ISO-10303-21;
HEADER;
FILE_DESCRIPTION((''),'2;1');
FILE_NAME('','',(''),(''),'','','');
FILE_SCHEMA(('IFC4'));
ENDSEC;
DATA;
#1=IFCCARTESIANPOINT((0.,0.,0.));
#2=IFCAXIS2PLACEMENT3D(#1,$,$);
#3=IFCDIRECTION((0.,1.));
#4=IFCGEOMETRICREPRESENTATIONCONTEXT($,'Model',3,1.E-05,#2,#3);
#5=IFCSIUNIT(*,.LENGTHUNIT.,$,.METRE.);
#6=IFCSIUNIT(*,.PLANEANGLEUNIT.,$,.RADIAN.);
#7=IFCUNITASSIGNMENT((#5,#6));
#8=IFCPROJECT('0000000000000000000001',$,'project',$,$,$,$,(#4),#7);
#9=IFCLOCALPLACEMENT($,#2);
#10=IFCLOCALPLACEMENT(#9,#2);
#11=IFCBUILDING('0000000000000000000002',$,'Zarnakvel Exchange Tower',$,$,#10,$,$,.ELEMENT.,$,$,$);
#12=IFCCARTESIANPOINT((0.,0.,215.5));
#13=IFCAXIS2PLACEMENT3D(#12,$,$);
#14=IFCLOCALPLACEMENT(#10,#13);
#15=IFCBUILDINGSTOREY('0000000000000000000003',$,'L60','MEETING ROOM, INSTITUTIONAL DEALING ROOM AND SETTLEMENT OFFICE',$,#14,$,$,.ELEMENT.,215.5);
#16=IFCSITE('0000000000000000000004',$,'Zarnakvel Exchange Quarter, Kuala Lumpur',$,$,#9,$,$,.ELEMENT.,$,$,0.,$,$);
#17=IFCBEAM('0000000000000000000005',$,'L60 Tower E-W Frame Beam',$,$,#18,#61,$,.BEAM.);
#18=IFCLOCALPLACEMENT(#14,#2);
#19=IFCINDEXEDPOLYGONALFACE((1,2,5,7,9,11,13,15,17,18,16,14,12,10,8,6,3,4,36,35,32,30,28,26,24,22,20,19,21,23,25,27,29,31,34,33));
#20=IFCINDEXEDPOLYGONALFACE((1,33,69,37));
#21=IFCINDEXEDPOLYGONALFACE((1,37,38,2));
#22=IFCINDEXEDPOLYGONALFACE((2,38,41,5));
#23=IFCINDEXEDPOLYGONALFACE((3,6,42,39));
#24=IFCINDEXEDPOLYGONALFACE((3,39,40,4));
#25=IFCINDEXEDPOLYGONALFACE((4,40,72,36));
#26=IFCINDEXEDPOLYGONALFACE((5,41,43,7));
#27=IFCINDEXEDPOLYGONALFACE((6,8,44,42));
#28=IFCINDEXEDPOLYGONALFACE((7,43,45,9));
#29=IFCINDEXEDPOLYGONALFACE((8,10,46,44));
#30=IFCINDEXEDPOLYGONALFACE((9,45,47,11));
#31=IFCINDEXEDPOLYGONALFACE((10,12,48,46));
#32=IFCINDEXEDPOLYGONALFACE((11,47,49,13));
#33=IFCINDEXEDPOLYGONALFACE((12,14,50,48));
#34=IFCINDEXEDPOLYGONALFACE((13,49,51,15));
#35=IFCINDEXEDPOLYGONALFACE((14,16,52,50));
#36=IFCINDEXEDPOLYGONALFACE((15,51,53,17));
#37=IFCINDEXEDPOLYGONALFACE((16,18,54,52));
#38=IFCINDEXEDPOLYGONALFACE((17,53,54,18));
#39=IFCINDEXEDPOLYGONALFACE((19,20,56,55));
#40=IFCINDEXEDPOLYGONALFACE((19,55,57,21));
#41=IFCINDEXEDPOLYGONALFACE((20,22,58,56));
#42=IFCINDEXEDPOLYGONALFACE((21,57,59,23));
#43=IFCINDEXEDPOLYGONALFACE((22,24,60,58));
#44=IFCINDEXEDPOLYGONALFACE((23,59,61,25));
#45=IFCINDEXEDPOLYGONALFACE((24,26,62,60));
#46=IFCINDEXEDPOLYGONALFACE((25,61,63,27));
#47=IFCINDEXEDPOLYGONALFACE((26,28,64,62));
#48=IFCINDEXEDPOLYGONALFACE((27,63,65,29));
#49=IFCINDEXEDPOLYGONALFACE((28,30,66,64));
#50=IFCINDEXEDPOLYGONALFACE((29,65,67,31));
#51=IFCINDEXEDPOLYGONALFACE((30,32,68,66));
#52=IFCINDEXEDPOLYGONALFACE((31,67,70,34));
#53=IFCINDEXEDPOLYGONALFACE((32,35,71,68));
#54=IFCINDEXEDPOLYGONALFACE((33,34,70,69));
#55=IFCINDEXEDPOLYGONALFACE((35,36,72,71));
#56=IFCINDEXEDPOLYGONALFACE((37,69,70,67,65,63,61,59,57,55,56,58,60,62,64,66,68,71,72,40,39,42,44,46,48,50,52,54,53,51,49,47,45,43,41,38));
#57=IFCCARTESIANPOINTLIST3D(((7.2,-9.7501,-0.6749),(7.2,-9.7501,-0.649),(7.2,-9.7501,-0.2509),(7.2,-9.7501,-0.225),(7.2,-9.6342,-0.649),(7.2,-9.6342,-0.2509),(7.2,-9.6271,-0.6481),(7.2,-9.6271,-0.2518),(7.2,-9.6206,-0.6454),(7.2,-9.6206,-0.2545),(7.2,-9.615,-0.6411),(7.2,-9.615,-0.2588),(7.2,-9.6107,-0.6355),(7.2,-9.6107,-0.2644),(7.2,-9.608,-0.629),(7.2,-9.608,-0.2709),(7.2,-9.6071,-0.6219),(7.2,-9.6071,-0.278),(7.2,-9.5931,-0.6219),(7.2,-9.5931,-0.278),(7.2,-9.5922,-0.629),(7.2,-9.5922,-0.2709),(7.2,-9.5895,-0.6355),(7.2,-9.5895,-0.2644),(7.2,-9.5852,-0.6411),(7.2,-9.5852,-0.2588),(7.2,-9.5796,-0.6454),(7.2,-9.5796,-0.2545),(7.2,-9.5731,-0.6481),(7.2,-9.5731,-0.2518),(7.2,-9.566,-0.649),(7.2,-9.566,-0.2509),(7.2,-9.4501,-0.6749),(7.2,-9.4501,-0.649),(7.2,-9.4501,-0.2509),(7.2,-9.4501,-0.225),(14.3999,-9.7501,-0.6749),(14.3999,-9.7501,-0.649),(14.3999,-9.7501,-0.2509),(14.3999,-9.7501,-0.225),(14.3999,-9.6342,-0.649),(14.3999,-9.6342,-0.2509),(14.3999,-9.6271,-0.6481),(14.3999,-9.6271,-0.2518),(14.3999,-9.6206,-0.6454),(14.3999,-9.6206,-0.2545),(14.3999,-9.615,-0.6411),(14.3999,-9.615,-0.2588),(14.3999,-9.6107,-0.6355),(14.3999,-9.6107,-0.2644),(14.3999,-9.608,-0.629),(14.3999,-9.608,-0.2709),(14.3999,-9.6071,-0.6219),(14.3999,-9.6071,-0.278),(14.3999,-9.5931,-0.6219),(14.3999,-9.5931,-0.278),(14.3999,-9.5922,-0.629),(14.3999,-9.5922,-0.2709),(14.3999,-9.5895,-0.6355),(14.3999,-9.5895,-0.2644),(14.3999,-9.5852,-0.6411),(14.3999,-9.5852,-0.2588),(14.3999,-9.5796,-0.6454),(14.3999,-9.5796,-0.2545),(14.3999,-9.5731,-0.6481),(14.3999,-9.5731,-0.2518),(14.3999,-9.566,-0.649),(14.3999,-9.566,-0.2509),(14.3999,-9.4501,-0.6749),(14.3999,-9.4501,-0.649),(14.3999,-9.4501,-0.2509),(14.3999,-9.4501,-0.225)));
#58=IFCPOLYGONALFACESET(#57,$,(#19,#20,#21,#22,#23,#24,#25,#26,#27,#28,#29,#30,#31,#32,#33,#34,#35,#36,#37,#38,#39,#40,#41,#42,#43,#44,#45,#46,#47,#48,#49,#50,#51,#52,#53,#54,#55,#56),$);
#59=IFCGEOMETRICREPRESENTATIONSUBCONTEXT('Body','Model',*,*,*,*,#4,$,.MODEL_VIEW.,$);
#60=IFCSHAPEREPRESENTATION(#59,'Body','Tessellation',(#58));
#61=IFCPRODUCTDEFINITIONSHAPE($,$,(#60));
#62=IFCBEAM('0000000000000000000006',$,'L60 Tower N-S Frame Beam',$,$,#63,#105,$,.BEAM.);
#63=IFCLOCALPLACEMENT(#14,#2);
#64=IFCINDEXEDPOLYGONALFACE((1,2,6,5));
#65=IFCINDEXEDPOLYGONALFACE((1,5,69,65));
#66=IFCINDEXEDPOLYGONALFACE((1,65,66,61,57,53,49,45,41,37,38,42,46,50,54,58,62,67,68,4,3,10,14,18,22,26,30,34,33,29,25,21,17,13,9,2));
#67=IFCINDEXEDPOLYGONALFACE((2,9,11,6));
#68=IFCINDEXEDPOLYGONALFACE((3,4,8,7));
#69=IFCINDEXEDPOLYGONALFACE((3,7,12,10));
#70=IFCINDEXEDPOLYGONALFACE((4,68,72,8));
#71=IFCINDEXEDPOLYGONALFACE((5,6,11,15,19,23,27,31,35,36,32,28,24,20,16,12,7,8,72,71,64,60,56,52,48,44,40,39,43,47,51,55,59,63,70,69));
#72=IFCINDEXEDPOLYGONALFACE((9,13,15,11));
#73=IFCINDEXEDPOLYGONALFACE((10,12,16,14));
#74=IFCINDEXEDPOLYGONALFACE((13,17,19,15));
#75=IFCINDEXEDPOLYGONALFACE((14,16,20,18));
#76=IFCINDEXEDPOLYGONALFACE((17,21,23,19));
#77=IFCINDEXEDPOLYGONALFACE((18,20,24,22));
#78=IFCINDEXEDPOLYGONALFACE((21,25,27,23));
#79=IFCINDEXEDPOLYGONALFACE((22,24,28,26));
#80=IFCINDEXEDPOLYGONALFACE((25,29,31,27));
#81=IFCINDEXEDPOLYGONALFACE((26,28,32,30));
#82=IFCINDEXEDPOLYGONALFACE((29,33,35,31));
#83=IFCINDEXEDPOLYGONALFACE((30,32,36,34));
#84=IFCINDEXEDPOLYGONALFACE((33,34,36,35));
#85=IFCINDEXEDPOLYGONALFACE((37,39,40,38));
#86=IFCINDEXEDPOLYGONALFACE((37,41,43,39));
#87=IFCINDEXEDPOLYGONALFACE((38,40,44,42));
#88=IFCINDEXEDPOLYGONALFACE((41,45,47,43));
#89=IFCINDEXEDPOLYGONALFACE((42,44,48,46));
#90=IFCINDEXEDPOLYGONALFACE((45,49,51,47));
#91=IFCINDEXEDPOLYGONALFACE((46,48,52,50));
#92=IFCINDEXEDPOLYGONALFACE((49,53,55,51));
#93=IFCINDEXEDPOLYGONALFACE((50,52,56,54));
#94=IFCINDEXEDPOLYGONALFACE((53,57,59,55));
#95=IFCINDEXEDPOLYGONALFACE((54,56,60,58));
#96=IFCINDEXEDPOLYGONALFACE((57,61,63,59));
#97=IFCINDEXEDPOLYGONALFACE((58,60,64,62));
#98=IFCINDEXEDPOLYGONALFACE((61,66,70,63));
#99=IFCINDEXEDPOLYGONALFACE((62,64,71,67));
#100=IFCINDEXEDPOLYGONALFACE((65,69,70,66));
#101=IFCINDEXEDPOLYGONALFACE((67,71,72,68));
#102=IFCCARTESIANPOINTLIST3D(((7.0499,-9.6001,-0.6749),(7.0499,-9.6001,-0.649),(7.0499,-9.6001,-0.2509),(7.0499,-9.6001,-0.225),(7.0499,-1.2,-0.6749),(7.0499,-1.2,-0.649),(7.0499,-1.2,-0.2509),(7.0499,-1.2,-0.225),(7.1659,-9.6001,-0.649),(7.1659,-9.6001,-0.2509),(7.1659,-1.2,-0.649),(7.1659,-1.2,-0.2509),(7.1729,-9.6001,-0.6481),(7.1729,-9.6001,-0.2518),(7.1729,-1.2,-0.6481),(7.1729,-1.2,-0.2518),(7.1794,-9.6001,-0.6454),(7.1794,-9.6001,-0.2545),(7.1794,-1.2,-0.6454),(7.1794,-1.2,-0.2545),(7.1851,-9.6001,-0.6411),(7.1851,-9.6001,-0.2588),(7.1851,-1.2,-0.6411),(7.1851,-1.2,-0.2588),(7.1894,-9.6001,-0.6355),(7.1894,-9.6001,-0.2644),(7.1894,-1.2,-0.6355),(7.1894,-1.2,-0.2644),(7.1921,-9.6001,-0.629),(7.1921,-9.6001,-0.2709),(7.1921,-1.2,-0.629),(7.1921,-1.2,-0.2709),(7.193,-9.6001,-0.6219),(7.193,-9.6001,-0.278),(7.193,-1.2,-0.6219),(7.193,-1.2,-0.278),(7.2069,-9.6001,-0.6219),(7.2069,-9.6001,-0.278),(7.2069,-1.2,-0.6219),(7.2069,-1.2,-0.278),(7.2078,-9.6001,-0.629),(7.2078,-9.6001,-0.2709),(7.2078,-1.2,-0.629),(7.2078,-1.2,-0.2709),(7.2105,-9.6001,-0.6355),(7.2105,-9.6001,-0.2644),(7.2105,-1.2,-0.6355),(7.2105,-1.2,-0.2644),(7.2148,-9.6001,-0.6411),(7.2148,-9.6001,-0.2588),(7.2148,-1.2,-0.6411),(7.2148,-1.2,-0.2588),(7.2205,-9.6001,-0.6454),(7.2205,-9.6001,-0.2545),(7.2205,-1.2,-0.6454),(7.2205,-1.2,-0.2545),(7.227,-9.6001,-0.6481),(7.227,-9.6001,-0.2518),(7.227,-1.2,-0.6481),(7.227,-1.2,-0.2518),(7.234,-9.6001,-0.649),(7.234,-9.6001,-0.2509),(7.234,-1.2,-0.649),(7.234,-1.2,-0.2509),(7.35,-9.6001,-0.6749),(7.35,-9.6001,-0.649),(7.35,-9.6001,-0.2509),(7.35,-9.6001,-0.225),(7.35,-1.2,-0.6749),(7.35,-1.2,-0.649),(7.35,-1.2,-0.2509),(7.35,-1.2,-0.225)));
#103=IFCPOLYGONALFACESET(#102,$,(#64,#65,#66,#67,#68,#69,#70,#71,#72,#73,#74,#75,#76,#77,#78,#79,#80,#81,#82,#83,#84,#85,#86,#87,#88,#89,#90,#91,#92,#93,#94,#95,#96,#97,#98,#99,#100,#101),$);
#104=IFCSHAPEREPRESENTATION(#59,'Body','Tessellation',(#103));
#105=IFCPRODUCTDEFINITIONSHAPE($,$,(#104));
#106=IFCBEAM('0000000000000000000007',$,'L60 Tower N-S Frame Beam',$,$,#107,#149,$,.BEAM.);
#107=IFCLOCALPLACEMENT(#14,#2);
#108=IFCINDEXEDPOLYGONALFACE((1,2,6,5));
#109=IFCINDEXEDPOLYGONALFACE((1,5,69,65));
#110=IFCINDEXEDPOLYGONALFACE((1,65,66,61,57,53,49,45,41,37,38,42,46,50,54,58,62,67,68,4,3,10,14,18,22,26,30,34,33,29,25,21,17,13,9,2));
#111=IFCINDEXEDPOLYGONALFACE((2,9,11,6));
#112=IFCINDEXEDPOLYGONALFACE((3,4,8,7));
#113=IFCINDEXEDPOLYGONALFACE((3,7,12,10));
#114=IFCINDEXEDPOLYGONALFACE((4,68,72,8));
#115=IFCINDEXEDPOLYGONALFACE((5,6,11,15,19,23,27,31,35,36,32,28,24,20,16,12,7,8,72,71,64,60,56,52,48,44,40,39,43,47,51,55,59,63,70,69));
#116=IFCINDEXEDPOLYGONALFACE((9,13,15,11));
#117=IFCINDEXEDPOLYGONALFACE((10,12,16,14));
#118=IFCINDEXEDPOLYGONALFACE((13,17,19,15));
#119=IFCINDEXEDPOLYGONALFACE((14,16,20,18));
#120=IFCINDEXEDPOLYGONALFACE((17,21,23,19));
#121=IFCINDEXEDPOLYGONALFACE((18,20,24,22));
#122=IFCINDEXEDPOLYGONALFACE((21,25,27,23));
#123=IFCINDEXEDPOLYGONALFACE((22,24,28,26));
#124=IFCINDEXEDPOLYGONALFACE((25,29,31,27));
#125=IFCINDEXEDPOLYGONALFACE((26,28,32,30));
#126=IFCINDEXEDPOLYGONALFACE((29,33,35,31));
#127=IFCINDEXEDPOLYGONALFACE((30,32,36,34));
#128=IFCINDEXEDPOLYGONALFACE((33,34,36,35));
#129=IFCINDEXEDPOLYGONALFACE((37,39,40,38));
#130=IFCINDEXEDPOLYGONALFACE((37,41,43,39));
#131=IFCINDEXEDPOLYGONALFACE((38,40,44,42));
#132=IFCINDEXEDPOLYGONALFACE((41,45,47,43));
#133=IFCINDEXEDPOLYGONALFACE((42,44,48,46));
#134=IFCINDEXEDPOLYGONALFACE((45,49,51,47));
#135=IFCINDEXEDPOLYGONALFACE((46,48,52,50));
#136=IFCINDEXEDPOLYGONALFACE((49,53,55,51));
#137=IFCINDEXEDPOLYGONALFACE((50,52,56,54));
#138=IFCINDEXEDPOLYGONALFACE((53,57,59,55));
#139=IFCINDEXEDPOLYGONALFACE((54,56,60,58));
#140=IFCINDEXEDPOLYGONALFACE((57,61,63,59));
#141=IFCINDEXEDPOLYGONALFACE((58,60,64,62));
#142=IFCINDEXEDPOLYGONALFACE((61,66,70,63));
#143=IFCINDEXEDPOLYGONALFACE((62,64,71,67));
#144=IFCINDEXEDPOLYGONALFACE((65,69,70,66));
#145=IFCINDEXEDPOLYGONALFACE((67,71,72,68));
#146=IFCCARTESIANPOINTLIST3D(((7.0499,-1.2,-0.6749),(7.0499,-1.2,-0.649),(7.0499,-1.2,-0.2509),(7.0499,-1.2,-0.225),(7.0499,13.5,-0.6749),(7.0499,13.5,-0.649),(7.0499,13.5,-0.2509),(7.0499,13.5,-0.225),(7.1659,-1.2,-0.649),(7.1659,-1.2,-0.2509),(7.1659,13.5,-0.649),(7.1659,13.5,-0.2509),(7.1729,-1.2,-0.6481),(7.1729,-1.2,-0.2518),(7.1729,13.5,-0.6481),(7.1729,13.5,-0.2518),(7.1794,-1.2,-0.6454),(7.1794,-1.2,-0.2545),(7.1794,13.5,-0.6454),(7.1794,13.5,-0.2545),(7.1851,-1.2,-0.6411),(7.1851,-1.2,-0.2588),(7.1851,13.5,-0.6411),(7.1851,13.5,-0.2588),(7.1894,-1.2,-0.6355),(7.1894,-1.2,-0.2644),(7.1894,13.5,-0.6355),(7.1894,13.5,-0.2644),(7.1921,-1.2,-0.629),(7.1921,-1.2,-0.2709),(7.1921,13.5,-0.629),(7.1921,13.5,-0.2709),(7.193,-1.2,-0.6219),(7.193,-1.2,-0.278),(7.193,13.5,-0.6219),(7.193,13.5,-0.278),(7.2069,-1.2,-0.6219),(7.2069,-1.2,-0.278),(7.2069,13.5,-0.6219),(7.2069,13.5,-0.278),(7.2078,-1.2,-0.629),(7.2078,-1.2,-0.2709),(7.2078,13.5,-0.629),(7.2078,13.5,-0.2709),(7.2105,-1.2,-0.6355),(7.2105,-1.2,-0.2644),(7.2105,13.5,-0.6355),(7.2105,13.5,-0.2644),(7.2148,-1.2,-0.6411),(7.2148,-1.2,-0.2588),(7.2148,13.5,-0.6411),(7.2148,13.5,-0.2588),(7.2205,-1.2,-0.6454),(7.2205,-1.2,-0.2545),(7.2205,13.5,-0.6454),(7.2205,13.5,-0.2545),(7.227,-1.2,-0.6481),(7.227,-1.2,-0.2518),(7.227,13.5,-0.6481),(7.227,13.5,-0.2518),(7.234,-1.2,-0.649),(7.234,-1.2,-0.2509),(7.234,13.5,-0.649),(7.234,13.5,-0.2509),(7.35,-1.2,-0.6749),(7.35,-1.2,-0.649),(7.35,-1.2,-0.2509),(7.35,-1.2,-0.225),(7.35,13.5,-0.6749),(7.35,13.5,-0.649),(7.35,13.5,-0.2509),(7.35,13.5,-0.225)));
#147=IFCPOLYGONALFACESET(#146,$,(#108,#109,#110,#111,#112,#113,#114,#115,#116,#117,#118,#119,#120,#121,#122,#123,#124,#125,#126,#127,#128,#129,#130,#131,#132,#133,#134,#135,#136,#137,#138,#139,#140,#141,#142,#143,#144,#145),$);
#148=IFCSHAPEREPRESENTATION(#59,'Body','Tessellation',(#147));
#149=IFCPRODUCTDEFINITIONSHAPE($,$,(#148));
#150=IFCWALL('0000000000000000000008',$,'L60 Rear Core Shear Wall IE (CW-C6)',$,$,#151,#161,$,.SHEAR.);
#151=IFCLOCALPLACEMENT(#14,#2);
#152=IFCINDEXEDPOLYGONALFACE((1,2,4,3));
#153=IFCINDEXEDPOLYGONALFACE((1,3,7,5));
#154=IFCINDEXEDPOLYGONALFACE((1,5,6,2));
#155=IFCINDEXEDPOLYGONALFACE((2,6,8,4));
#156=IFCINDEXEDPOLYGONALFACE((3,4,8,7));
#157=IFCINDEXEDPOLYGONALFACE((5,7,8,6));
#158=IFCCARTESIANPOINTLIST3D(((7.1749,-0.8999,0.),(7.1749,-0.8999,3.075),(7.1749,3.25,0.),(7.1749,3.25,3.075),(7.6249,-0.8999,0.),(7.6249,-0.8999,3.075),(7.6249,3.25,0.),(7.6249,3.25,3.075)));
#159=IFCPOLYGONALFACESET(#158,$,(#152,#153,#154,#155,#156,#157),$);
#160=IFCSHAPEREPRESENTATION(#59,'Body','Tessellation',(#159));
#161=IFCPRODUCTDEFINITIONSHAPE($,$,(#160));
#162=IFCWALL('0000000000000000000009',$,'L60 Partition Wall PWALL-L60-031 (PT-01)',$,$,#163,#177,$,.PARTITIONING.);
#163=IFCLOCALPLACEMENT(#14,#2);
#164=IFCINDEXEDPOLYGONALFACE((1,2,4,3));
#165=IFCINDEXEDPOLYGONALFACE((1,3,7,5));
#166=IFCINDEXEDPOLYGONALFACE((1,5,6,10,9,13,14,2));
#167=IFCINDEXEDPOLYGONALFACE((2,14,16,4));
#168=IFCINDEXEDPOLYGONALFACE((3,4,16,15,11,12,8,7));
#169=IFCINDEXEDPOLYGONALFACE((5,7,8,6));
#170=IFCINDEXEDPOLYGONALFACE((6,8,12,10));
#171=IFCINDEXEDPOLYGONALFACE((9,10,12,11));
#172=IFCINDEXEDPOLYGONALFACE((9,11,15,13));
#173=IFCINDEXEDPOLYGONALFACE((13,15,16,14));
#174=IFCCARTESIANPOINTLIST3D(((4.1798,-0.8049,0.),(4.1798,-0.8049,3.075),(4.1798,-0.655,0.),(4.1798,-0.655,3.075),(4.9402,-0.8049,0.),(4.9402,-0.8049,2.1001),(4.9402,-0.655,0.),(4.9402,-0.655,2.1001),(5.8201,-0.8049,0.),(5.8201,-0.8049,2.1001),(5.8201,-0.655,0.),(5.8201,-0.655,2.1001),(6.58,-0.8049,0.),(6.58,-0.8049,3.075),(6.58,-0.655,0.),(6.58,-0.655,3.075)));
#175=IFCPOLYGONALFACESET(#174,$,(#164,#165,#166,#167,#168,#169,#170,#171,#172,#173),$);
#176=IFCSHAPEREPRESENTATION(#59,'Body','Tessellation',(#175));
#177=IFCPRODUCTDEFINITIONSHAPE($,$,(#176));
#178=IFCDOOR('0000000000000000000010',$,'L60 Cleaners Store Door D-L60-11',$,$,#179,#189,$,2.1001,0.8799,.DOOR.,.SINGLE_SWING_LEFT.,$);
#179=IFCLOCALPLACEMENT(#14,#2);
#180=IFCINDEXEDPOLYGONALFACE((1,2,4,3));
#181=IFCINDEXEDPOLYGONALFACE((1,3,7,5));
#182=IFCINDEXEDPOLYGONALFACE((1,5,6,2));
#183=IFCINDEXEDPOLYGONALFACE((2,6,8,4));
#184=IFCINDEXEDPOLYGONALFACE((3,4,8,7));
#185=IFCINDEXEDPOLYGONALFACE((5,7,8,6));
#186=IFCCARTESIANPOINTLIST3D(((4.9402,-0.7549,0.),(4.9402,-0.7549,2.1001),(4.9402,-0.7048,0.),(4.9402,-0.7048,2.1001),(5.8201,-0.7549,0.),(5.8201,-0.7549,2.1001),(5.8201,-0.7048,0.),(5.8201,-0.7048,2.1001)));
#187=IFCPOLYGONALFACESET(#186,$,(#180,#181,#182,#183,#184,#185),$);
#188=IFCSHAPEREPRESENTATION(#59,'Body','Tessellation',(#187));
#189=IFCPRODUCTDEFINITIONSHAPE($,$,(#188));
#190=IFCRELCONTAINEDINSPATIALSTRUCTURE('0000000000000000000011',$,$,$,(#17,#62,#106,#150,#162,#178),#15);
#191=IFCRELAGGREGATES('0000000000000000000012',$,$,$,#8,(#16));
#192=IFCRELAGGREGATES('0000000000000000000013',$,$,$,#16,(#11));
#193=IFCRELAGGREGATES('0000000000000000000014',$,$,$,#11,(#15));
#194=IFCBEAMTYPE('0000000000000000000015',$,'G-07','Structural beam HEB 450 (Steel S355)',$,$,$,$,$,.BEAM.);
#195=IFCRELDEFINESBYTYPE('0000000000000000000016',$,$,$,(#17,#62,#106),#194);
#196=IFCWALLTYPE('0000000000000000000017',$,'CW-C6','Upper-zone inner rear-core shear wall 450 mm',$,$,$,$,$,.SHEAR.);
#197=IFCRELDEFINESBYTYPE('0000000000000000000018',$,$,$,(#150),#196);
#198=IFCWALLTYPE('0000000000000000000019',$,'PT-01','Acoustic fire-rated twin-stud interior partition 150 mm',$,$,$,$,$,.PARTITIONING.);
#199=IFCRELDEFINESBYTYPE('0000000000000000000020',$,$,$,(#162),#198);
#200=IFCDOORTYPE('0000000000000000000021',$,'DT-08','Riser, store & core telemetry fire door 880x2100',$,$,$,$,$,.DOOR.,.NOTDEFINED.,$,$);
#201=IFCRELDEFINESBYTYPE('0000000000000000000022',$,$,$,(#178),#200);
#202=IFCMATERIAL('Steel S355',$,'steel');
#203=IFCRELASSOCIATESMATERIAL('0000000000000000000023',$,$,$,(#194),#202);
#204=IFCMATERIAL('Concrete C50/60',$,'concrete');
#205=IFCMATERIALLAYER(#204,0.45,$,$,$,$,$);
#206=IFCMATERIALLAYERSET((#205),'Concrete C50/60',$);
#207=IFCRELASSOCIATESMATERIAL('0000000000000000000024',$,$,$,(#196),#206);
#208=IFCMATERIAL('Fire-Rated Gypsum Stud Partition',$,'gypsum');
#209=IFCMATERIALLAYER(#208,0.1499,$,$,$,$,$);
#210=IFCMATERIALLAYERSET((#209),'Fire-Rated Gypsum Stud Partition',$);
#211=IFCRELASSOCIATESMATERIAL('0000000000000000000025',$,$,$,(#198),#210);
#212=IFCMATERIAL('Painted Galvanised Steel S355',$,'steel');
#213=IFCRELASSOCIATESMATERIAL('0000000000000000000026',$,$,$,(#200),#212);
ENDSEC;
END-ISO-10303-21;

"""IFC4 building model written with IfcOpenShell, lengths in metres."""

from ifc_helpers import new_model, si_unit, direction, frame, frame_2d, origin, origin_2d, place, context, subcontext, project, spatial, rectangle, i_section, extrude, source, transform, mapped, material, layer, layer_set, material_profile, profile_set, type_object, element, fill, save


model = new_model("IFC4")

# Units and contexts
model_context = context("Model", 3, precision=1e-05, world=origin(), true_north=direction((0.0, 1.0)))
body_context = subcontext(model_context, "Body", "Model", "MODEL_VIEW")
ifc_project = project(units=[si_unit("LENGTHUNIT", "METRE"), si_unit("PLANEANGLEUNIT", "RADIAN")], contexts=[model_context])

# Site, building, storey
site_placement = place(None, origin())
site = spatial("IfcSite", under=ifc_project, at=site_placement, Name="Zarnakvel Exchange Quarter, Kuala Lumpur", CompositionType="ELEMENT", RefElevation=0.0)
building_placement = place(site_placement, origin())
building = spatial("IfcBuilding", under=site, at=building_placement, Name="Zarnakvel Exchange Tower", CompositionType="ELEMENT")
storey_placement = place(building_placement, frame((0.0, 0.0, 215.5)))
storey = spatial("IfcBuildingStorey", under=building, at=storey_placement, Name="L60", Description="MEETING ROOM, INSTITUTIONAL DEALING ROOM AND SETTLEMENT OFFICE", CompositionType="ELEMENT", Elevation=215.5)

# Shared definitions
ifc_material_1 = material(Name="Concrete C50/60", Category="concrete")

# Beams
ifc_material_2 = material(Name="Steel S355", Category="steel")
ifc_material_profile_1 = material_profile(ifc_material_2, i_section(OverallWidth=0.3, OverallDepth=0.45, WebThickness=0.0139, FlangeThickness=0.0259, FilletRadius=0.0271, at=origin_2d()))
ifc_profile_set_1 = profile_set([ifc_material_profile_1], Name="Steel S355")
beam_type_1 = type_object("IfcBeamType", Name="G-07", Description="Structural beam HEB 450 (Steel S355)", PredefinedType="BEAM", material=ifc_profile_set_1)
beam_1_placement = place(storey_placement, frame((7.2, -9.6001, -0.45), z_axis=(1.0, 0.0, 0.0), x_axis=(0.0, 1.0, 0.0)))
element("IfcBeam", 1, at=beam_1_placement, inside=storey, type_object=beam_type_1, Name="L60 Tower E-W Frame Beam", PredefinedType="BEAM", context=body_context, shape_type="SweptSolid", body=[
    extrude(i_section(OverallWidth=0.3, OverallDepth=0.45, WebThickness=0.0139, FlangeThickness=0.0259, FilletRadius=0.0271, at=origin_2d()), origin(), (0.0, 0.0, 1.0), 7.2),
])
beam_2_placement = place(storey_placement, frame((7.2, -9.6001, -0.45), z_axis=(0.0, 1.0, 0.0), x_axis=(-1.0, 0.0, 0.0)))
element("IfcBeam", 2, at=beam_2_placement, inside=storey, type_object=beam_type_1, Name="L60 Tower N-S Frame Beam", PredefinedType="BEAM", context=body_context, shape_type="SweptSolid", body=[
    extrude(i_section(OverallWidth=0.3, OverallDepth=0.45, WebThickness=0.0139, FlangeThickness=0.0259, FilletRadius=0.0271, at=origin_2d()), origin(), (0.0, 0.0, 1.0), 8.4001),
])
beam_3_placement = place(storey_placement, frame((7.2, -1.2, -0.45), z_axis=(0.0, 1.0, 0.0), x_axis=(-1.0, 0.0, 0.0)))
element("IfcBeam", 3, at=beam_3_placement, inside=storey, type_object=beam_type_1, Name="L60 Tower N-S Frame Beam", PredefinedType="BEAM", context=body_context, shape_type="SweptSolid", body=[
    extrude(i_section(OverallWidth=0.3, OverallDepth=0.45, WebThickness=0.0139, FlangeThickness=0.0259, FilletRadius=0.0271, at=origin_2d()), origin(), (0.0, 0.0, 1.0), 14.7),
])

# Shared definitions
ifc_material_3 = material(Name="Painted Galvanised Steel S355", Category="steel")

# Wall
ifc_layer_1 = layer(ifc_material_1, 0.45)
ifc_layer_set_1 = layer_set([ifc_layer_1], Name="Concrete C50/60")
wall_type_1 = type_object("IfcWallType", Name="CW-C6", Description="Upper-zone inner rear-core shear wall 450 mm", PredefinedType="SHEAR", material=ifc_layer_set_1)
wall_1_placement = place(storey_placement, frame((7.3999, -0.8999, 0.0), z_axis=(0.0, 0.0, 1.0), x_axis=(0.0, 1.0, 0.0)))
element("IfcWall", 4, at=wall_1_placement, inside=storey, type_object=wall_type_1, Name="L60 Rear Core Shear Wall IE (CW-C6)", PredefinedType="SHEAR", context=body_context, shape_type="SweptSolid", body=[
    extrude(rectangle(XDim=4.1499, YDim=0.45, at=frame_2d((2.075, 0.0))), origin(), (0.0, 0.0, 1.0), 3.075),
])

# Wall, opening, door
ifc_material_4 = material(Name="Fire-Rated Gypsum Stud Partition", Category="gypsum")
ifc_layer_2 = layer(ifc_material_4, 0.1499)
ifc_layer_set_2 = layer_set([ifc_layer_2], Name="Fire-Rated Gypsum Stud Partition")
wall_type_2 = type_object("IfcWallType", Name="PT-01", Description="Acoustic fire-rated twin-stud interior partition 150 mm", PredefinedType="PARTITIONING", material=ifc_layer_set_2)
wall_2_placement = place(storey_placement, frame((6.5801, -0.73, 0.0), z_axis=(0.0, 0.0, 1.0), x_axis=(-1.0, 0.0, 0.0)))
wall_2 = element("IfcWall", 5, at=wall_2_placement, inside=storey, type_object=wall_type_2, Name="L60 Partition Wall PWALL-L60-031 (PT-01)", PredefinedType="PARTITIONING", context=body_context, shape_type="SweptSolid", body=[
    extrude(rectangle(XDim=2.4001, YDim=0.1499, at=frame_2d((1.2002, 0.0))), origin(), (0.0, 0.0, 1.0), 3.075),
])
opening_1_placement = place(wall_2_placement, frame((0.76, 0.0, 0.0)))
opening_1 = element("IfcOpeningElement", 6, at=opening_1_placement, cuts=wall_2, PredefinedType="OPENING", context=body_context, shape_type="SweptSolid", body=[
    extrude(rectangle(XDim=0.8799, YDim=2.1001, at=frame_2d((0.4399, 1.05))), frame((0.0, 0.085, 0.0), z_axis=(0.0, -1.0, 0.0), x_axis=(1.0, 0.0, 0.0)), (0.0, 0.0, 1.0), 0.1699),
])
door_type_1 = type_object("IfcDoorType", Name="DT-08", Description="Riser, store & core telemetry fire door 880x2100", OperationType="NOTDEFINED", PredefinedType="DOOR", material=ifc_material_3)
shared_shape_1 = source(origin(), body_context, "Body", "SweptSolid", [
    extrude(rectangle(XDim=0.8799, YDim=2.1001, at=frame_2d((0.4399, 1.05))), frame((0.0, 0.0249, 0.0), z_axis=(0.0, -1.0, 0.0), x_axis=(1.0, 0.0, 0.0)), (0.0, 0.0, 1.0), 0.05),
])
door_1_placement = place(opening_1_placement, origin())
door_1 = element("IfcDoor", 7, at=door_1_placement, inside=storey, type_object=door_type_1, Name="L60 Cleaners Store Door D-L60-11", OperationType="SINGLE_SWING_LEFT", OverallHeight=2.1001, OverallWidth=0.8799, PredefinedType="DOOR", context=body_context, shape_type="MappedRepresentation", body=[
    mapped(shared_shape_1, transform((0.0, 0.0, 0.0), x_axis=(1.0, 0.0, 0.0), y_axis=(0.0, 1.0, 0.0), z_axis=(0.0, 0.0, 1.0), scale=1.0)),
])
fill(opening_1, door_1)

save(model, "model.ifc")
